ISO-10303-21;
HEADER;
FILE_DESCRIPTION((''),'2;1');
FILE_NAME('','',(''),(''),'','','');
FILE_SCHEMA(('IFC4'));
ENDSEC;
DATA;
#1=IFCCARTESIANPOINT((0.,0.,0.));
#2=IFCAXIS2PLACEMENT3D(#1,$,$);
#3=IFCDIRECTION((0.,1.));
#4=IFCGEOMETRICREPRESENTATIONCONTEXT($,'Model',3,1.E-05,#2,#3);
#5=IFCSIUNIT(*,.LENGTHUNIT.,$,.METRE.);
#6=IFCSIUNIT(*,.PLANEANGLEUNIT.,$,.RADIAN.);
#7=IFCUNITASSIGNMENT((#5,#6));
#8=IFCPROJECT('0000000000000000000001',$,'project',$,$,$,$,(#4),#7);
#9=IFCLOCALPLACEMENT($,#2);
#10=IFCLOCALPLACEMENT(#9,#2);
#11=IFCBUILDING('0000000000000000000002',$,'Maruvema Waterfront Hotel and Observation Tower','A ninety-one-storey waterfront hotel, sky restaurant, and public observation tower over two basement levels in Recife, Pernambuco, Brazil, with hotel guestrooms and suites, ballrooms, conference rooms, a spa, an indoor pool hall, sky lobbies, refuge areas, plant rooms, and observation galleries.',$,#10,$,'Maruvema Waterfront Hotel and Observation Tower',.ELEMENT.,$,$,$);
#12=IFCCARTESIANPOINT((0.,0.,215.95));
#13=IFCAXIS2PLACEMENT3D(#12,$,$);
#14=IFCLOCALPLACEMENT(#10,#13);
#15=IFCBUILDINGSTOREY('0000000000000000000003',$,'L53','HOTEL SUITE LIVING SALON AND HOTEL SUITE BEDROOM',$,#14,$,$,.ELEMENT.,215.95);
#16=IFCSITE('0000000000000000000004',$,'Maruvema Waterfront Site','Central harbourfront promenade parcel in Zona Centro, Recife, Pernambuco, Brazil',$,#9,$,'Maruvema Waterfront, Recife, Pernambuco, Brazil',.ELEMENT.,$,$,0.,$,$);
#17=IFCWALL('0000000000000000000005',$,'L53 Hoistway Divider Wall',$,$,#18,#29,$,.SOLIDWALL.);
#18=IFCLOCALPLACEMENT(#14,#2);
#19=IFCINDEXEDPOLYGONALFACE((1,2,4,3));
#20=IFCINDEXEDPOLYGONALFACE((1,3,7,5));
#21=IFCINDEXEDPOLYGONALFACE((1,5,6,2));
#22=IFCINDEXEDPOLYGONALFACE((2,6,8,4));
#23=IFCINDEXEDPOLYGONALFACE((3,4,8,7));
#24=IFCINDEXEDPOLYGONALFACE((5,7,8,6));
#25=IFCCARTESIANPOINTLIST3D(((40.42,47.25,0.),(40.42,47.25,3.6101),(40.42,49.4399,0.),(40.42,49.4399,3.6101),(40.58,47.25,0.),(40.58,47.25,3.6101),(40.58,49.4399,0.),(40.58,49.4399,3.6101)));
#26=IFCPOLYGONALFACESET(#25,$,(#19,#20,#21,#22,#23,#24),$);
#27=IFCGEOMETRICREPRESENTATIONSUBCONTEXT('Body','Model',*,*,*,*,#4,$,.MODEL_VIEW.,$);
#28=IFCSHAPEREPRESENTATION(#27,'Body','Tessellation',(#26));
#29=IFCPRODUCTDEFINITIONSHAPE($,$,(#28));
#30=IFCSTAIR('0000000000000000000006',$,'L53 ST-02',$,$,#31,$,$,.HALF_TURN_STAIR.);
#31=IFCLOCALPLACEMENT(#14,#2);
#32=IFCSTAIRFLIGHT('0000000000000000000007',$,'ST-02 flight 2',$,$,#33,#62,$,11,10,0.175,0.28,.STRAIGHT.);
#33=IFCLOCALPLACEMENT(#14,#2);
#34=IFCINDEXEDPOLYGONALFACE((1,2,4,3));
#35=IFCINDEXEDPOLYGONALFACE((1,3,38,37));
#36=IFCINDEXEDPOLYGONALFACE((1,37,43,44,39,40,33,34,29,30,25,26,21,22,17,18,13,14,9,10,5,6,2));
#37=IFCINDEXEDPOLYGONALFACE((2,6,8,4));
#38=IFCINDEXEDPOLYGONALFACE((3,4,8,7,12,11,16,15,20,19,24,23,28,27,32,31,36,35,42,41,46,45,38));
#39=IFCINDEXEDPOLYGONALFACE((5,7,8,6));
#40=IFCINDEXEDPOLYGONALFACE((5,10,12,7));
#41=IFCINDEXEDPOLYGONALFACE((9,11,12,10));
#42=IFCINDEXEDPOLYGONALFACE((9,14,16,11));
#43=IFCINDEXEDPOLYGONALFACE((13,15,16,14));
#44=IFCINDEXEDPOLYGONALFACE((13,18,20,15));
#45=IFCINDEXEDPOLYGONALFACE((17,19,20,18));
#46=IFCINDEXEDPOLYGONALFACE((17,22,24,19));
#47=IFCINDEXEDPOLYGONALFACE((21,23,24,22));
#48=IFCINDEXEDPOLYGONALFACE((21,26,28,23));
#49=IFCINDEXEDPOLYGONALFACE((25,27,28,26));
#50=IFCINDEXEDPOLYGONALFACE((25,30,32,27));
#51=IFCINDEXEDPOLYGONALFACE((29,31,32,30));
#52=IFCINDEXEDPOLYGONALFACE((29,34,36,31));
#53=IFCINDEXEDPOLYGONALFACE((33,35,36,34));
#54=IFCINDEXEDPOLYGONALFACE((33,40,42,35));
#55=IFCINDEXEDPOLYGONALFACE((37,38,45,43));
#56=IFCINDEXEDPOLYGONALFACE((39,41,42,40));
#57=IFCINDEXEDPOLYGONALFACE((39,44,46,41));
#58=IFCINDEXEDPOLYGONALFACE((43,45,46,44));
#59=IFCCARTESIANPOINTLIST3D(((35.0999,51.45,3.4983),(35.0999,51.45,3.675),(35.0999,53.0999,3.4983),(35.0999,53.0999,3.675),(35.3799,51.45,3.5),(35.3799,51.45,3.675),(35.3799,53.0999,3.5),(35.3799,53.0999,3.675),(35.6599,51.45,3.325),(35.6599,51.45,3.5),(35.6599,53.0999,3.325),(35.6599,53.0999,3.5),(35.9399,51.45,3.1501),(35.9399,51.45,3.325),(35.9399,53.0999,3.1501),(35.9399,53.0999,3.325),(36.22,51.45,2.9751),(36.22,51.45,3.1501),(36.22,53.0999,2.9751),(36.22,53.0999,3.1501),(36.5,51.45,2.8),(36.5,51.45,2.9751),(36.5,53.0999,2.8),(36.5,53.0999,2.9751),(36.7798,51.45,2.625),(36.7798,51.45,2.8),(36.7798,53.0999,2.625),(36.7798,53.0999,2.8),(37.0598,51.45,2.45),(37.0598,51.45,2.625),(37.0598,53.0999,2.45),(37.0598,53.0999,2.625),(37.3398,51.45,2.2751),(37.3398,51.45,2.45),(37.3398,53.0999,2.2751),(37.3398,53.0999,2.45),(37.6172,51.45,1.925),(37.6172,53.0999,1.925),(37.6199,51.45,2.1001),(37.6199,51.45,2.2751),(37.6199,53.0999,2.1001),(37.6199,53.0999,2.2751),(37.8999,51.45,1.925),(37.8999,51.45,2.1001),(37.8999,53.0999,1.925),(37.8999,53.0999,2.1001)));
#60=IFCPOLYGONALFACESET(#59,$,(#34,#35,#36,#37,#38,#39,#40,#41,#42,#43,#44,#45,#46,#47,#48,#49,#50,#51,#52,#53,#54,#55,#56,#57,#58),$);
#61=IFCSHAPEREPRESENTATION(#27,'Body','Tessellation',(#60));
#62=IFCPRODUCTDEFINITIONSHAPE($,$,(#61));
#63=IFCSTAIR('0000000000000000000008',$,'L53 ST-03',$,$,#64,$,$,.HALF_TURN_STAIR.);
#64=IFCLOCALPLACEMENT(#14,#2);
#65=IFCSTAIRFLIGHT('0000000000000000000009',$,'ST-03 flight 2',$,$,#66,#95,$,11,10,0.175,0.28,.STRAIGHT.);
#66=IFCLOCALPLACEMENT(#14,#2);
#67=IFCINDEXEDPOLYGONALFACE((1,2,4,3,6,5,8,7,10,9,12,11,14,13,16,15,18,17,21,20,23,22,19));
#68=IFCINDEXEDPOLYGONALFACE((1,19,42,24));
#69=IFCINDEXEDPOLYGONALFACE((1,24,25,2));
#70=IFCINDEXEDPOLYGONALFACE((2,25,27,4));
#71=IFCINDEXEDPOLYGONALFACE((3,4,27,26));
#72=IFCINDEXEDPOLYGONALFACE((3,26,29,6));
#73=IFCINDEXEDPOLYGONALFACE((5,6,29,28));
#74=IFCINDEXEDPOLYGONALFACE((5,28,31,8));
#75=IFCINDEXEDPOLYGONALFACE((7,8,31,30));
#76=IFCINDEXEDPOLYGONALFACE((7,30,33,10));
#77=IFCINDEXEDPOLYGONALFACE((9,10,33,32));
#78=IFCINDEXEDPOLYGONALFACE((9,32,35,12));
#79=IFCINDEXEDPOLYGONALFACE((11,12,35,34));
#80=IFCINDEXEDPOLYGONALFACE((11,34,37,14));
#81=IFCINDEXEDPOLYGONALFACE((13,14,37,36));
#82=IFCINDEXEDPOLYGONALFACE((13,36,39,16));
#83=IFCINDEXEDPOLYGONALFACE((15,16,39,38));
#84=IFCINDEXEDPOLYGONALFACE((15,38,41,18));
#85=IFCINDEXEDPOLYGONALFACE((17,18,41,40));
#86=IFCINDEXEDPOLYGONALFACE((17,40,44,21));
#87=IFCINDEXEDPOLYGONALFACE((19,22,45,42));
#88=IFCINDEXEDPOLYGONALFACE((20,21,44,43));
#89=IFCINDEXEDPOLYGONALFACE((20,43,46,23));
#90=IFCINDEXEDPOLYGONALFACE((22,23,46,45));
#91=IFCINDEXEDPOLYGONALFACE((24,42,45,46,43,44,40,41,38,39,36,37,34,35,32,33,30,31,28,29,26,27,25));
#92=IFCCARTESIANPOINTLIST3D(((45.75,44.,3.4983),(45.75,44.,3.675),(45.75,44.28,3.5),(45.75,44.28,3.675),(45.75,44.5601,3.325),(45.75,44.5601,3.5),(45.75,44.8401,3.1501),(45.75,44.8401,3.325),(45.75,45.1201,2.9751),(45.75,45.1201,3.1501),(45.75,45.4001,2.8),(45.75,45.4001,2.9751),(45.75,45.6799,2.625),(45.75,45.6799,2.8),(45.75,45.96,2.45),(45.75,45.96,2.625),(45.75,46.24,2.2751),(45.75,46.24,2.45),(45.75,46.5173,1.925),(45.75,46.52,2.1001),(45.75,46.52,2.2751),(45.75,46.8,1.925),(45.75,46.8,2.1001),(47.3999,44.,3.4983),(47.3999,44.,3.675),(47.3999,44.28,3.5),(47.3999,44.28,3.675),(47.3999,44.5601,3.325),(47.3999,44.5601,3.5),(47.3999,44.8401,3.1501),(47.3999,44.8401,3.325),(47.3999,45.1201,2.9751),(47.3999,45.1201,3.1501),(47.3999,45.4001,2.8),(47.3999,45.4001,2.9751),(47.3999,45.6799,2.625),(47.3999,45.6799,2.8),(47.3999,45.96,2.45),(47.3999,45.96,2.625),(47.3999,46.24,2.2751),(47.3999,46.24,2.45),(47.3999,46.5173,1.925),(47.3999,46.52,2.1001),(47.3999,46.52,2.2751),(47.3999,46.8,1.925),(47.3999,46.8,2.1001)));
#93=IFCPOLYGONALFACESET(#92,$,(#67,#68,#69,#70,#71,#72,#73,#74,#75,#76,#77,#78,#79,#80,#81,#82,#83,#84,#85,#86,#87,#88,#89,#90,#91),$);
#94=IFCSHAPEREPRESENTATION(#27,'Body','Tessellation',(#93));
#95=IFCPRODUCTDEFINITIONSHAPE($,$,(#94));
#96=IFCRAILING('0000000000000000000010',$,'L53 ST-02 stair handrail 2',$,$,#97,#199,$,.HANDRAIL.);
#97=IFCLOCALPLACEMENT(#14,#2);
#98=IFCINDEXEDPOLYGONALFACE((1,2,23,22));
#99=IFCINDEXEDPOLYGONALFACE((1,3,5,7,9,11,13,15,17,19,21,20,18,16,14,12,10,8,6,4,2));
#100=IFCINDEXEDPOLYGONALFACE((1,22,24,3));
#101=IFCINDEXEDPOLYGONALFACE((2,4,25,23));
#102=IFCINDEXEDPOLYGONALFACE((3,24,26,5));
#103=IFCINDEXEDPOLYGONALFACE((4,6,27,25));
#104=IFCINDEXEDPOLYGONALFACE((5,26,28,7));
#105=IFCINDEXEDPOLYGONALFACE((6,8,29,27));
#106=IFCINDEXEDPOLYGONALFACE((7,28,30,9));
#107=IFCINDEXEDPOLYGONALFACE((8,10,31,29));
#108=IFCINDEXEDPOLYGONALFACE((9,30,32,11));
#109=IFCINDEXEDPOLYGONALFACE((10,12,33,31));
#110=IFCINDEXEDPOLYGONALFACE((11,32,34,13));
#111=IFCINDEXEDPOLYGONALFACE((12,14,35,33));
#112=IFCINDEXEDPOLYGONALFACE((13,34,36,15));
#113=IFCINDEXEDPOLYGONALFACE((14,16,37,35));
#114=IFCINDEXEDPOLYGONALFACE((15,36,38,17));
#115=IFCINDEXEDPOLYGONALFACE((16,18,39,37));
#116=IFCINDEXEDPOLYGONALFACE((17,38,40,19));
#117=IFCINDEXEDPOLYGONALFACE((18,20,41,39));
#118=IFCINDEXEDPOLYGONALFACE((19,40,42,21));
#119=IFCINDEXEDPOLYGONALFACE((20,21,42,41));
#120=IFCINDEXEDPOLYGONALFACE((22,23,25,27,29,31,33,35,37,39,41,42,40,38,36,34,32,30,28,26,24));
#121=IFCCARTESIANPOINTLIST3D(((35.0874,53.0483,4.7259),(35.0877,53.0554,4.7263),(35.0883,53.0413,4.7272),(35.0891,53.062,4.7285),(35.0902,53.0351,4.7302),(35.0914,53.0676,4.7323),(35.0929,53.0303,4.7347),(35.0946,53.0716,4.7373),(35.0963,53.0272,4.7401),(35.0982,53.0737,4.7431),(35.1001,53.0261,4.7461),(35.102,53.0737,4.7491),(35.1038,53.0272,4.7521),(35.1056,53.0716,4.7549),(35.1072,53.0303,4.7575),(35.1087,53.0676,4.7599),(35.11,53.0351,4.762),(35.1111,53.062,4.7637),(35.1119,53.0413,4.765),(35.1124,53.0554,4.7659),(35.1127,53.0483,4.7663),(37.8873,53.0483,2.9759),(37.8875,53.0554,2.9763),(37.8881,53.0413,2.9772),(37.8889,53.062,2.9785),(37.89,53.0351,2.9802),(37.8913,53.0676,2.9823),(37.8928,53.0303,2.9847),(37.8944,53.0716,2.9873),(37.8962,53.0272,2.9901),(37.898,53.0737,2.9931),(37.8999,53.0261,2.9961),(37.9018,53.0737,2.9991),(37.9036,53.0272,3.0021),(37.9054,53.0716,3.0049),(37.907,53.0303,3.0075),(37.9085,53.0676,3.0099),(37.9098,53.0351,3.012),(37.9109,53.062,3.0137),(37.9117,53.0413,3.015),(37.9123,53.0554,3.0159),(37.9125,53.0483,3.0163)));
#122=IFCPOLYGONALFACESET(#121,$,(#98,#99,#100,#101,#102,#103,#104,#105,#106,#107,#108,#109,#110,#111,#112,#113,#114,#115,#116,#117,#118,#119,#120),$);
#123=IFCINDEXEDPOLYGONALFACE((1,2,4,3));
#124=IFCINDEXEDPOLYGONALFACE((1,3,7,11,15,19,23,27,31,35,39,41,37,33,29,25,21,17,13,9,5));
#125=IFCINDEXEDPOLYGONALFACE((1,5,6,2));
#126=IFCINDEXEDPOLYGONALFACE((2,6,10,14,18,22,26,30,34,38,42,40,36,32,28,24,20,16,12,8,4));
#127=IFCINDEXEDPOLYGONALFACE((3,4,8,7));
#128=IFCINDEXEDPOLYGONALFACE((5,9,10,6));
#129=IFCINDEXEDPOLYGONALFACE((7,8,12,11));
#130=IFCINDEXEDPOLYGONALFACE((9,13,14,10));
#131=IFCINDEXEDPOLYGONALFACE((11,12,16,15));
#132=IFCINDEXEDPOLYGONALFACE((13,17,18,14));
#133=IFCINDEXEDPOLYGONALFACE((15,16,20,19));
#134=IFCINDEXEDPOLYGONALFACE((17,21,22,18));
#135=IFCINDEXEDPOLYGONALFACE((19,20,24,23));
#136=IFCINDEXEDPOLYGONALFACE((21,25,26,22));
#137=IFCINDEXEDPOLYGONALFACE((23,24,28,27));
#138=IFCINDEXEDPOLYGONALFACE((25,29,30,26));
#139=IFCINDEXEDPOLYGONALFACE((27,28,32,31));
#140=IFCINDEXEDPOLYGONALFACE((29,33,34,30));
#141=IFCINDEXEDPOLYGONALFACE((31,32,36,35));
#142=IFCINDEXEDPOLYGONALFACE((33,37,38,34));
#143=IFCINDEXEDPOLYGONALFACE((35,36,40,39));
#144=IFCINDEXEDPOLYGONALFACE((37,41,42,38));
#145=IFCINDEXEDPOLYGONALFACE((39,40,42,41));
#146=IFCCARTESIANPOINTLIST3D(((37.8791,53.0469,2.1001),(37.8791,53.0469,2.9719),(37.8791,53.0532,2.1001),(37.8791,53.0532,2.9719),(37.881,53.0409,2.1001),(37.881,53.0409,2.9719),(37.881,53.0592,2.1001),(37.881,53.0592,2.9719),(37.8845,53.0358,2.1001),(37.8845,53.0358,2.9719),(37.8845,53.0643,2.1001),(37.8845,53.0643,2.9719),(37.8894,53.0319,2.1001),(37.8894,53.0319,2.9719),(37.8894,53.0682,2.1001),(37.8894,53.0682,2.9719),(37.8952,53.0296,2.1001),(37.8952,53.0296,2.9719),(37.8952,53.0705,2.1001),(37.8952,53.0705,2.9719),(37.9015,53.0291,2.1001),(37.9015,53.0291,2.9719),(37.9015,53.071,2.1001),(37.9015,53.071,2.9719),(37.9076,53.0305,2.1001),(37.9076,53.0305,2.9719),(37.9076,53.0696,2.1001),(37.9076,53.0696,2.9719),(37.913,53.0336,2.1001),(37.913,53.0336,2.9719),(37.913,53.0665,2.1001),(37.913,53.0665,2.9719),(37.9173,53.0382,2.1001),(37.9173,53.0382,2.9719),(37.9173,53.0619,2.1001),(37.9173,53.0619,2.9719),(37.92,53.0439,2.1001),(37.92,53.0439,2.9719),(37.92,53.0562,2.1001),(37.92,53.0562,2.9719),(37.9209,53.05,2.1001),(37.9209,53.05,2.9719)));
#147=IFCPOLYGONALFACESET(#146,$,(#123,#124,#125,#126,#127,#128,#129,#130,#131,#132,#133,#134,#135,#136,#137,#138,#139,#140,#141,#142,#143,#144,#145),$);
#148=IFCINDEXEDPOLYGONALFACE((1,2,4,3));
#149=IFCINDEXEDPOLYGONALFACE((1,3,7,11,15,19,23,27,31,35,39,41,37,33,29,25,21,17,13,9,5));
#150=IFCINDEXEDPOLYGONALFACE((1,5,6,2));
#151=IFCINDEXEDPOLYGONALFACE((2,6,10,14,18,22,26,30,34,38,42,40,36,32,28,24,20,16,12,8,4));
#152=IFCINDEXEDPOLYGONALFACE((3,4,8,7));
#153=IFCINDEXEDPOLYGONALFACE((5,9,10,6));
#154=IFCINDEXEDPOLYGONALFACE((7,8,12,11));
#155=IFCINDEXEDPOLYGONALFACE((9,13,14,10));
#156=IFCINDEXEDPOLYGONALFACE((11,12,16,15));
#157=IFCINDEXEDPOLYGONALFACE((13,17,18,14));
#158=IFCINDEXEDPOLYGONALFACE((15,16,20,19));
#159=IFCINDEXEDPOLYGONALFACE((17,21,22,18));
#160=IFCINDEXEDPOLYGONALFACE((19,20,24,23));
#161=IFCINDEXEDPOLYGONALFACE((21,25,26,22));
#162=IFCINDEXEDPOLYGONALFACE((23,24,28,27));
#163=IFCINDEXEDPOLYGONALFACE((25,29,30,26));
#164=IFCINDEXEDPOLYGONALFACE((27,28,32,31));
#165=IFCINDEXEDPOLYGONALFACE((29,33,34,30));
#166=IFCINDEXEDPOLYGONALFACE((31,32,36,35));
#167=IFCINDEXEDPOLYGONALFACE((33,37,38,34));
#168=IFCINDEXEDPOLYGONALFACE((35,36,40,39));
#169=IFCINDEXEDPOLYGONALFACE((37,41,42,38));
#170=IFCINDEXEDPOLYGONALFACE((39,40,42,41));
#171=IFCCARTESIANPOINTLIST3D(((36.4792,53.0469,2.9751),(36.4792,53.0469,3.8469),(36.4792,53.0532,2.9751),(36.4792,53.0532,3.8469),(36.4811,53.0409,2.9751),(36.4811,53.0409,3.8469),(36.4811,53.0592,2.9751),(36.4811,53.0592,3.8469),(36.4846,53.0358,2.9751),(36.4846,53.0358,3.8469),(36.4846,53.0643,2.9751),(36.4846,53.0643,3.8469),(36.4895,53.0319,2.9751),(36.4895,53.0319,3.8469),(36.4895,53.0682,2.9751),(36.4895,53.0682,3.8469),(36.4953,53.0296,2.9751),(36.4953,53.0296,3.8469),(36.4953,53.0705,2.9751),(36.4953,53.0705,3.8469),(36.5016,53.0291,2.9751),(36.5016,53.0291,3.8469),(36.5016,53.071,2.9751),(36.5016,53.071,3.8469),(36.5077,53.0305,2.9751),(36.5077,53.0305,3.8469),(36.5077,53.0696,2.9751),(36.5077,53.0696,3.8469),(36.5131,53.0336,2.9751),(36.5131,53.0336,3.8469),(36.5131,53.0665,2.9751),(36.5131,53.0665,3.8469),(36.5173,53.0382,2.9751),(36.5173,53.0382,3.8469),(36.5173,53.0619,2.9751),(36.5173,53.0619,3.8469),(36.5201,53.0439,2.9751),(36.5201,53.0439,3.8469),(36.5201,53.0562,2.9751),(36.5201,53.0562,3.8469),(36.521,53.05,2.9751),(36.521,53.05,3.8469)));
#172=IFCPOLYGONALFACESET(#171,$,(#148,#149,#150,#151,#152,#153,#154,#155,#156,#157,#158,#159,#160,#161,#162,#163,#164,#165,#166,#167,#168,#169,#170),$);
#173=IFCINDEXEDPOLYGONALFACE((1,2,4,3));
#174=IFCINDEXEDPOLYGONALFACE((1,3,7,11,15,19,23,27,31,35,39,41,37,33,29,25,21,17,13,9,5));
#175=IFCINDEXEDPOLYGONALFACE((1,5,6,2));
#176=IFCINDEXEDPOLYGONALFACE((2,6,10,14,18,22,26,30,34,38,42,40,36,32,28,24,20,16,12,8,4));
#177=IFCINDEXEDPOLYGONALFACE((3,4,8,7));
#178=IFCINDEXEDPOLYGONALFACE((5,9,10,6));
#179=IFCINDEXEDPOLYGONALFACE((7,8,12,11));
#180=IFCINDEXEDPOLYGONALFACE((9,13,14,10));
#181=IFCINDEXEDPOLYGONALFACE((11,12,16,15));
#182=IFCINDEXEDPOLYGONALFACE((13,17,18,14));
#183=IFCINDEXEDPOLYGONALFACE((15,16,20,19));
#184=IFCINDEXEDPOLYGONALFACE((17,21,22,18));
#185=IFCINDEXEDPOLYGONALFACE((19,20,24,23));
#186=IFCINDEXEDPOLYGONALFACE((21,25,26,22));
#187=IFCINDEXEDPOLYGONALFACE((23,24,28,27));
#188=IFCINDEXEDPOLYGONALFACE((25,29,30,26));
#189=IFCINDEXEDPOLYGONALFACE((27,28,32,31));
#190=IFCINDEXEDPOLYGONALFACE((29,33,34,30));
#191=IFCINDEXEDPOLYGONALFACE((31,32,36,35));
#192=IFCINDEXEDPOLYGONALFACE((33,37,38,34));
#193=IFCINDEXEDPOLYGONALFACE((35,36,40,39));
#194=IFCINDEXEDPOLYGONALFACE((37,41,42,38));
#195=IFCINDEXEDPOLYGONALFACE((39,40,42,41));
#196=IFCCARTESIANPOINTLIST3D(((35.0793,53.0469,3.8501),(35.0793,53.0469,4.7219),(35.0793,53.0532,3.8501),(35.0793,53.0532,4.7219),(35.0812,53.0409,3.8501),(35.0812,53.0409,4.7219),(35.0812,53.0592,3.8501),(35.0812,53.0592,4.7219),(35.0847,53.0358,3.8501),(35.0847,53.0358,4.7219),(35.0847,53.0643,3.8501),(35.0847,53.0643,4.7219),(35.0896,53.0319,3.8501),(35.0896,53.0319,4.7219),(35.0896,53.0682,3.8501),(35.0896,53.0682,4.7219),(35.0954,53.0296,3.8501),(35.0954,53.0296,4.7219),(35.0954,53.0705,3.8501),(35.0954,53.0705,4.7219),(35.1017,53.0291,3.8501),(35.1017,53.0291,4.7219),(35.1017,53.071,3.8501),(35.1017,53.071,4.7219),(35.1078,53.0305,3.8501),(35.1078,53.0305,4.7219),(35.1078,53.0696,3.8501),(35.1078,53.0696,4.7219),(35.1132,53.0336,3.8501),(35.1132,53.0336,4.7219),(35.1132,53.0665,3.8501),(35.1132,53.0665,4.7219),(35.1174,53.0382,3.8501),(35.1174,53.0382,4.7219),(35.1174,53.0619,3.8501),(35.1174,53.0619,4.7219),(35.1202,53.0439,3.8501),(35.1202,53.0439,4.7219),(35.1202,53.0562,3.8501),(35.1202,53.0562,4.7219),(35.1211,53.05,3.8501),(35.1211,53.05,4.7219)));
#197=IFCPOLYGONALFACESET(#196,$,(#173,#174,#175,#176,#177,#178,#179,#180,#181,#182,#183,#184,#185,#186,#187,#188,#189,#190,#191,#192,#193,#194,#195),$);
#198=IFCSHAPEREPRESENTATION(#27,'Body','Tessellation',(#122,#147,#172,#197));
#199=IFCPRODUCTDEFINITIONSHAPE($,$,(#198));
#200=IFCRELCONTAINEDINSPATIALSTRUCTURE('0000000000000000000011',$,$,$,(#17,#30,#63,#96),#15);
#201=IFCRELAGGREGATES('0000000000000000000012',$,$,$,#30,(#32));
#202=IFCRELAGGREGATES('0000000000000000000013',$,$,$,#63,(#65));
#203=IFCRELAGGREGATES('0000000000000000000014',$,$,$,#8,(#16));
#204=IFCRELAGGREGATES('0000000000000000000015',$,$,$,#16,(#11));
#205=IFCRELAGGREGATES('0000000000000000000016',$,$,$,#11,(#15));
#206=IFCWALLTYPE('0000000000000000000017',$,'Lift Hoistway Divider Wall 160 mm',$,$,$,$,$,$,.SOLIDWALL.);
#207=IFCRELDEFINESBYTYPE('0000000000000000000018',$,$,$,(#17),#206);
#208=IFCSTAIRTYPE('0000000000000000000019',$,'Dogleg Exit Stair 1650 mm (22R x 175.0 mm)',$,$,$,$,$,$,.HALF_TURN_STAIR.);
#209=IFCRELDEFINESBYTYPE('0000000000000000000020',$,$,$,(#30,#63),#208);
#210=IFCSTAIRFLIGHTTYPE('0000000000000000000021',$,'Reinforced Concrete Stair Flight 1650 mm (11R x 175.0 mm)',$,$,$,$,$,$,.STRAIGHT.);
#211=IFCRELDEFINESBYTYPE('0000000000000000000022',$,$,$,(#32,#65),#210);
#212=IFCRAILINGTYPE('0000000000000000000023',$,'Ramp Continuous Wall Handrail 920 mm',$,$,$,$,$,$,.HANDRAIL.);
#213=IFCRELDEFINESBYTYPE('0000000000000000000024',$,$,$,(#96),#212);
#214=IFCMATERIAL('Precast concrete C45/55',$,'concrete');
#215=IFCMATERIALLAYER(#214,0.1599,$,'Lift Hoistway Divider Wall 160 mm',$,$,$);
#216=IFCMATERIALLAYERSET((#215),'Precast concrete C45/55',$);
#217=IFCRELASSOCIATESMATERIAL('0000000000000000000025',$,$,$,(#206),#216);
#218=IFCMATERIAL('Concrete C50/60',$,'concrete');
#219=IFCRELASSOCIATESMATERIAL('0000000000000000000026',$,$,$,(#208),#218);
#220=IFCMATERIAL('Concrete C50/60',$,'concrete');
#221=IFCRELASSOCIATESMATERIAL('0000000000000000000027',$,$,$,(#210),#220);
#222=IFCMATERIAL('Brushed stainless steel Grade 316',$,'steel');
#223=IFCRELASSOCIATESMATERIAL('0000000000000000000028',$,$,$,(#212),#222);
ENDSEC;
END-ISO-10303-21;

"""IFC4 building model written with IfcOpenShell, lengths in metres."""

from ifc_helpers import new_model, si_unit, direction, frame, frame_2d, origin, origin_2d, place, context, subcontext, project, spatial, polyline, rectangle, circle, outline, extrude, material, layer, layer_set, type_object, element, aggregate, save


model = new_model("IFC4")

# Units and contexts
model_context = context("Model", 3, precision=1e-05, world=origin(), true_north=direction((0.0, 1.0)))
body_context = subcontext(model_context, "Body", "Model", "MODEL_VIEW")
ifc_project = project(units=[si_unit("LENGTHUNIT", "METRE"), si_unit("PLANEANGLEUNIT", "RADIAN")], contexts=[model_context])

# Site, building, storey
site_placement = place(None, origin())
site = spatial("IfcSite", under=ifc_project, at=site_placement, Name="Maruvema Waterfront Site", Description="Central harbourfront promenade parcel in Zona Centro, Recife, Pernambuco, Brazil", LongName="Maruvema Waterfront, Recife, Pernambuco, Brazil", CompositionType="ELEMENT", RefElevation=0.0)
building_placement = place(site_placement, origin())
building = spatial("IfcBuilding", under=site, at=building_placement, Name="Maruvema Waterfront Hotel and Observation Tower", Description="A ninety-one-storey waterfront hotel, sky restaurant, and public observation tower over two basement levels in Recife, Pernambuco, Brazil, with hotel guestrooms and suites, ballrooms, conference rooms, a spa, an indoor pool hall, sky lobbies, refuge areas, plant rooms, and observation galleries.", LongName="Maruvema Waterfront Hotel and Observation Tower", CompositionType="ELEMENT")
storey_placement = place(building_placement, frame((0.0, 0.0, 215.95)))
storey = spatial("IfcBuildingStorey", under=building, at=storey_placement, Name="L53", Description="HOTEL SUITE LIVING SALON AND HOTEL SUITE BEDROOM", CompositionType="ELEMENT", Elevation=215.95)

# Wall
ifc_material_1 = material(Name="Precast concrete C45/55", Category="concrete")
ifc_layer_1 = layer(ifc_material_1, 0.1599, Name="Lift Hoistway Divider Wall 160 mm")
ifc_layer_set_1 = layer_set([ifc_layer_1], Name="Precast concrete C45/55")
wall_type_1 = type_object("IfcWallType", Name="Lift Hoistway Divider Wall 160 mm", PredefinedType="SOLIDWALL", material=ifc_layer_set_1)
for number, where, z_axis, x_axis, name in (
    (1, (40.5, 47.25, 0.0), (0.0, 0.0, 1.0), (0.0, 1.0, 0.0), "L53 Hoistway Divider Wall"),
):
    element("IfcWall", number, at=place(storey_placement, frame(where, z_axis=z_axis, x_axis=x_axis)), inside=storey, type_object=wall_type_1, Name=name, PredefinedType="SOLIDWALL", context=body_context, shape_type="SweptSolid", body=[
        extrude(rectangle(XDim=2.1899, YDim=0.1599, at=frame_2d((1.095, 0.0))), origin(), (0.0, 0.0, 1.0), 3.6101),
    ])

# Stairs, stair flights
ifc_material_2 = material(Name="Concrete C50/60", Category="concrete")
stair_type = type_object("IfcStairType", Name="Dogleg Exit Stair 1650 mm (22R x 175.0 mm)", PredefinedType="HALF_TURN_STAIR", material=ifc_material_2)
stair_1_placement = place(storey_placement, origin())
stair_1 = element("IfcStair", 2, at=stair_1_placement, inside=storey, type_object=stair_type, Name="L53 ST-02", PredefinedType="HALF_TURN_STAIR")
ifc_material_3 = material(Name="Concrete C50/60", Category="concrete")
stair_flight_type = type_object("IfcStairFlightType", Name="Reinforced Concrete Stair Flight 1650 mm (11R x 175.0 mm)", PredefinedType="STRAIGHT", material=ifc_material_3)
stair_flight_1_placement = place(storey_placement, frame((37.8999, 52.2749, 1.925), z_axis=(0.0, 0.0, 1.0), x_axis=(-1.0, 0.0, 0.0)))
stair_flight_1 = element("IfcStairFlight", 3, at=stair_flight_1_placement, type_object=stair_flight_type, Name="ST-02 flight 2", NumberOfRisers=11, NumberOfTreads=10, PredefinedType="STRAIGHT", RiserHeight=0.175, TreadLength=0.28, context=body_context, shape_type="SweptSolid", body=[
    extrude(outline(polyline([(0.0, 0.0), (0.0, 0.175), (0.28, 0.175), (0.28, 0.3501), (0.5601, 0.3501), (0.5601, 0.5249), (0.8401, 0.5249), (0.8401, 0.7), (1.1201, 0.7), (1.1201, 0.875), (1.3999, 0.875), (1.3999, 1.05), (1.6799, 1.05), (1.6799, 1.2251), (1.96, 1.2251), (1.96, 1.3999), (2.24, 1.3999), (2.24, 1.575), (2.52, 1.575), (2.52, 1.75), (2.8, 1.75), (2.8, 1.925), (2.8, 1.5732), (0.2827, 0.0), (0.0, 0.0)])), frame((0.0, 0.825, 0.0), z_axis=(0.0, -1.0, 0.0), x_axis=(1.0, 0.0, 0.0)), (0.0, 0.0, 1.0), 1.6499),
])
aggregate(stair_1, [stair_flight_1])
stair_2_placement = place(storey_placement, origin())
stair_2 = element("IfcStair", 4, at=stair_2_placement, inside=storey, type_object=stair_type, Name="L53 ST-03", PredefinedType="HALF_TURN_STAIR")
stair_flight_2_placement = place(storey_placement, frame((46.575, 46.8, 1.925), z_axis=(0.0, 0.0, 1.0), x_axis=(0.0, -1.0, 0.0)))
stair_flight_2 = element("IfcStairFlight", 5, at=stair_flight_2_placement, type_object=stair_flight_type, Name="ST-03 flight 2", NumberOfRisers=11, NumberOfTreads=10, PredefinedType="STRAIGHT", RiserHeight=0.175, TreadLength=0.28, context=body_context, shape_type="SweptSolid", body=[
    extrude(outline(polyline([(0.0, 0.0), (0.0, 0.175), (0.28, 0.175), (0.28, 0.3501), (0.5601, 0.3501), (0.5601, 0.5249), (0.8401, 0.5249), (0.8401, 0.7), (1.1201, 0.7), (1.1201, 0.875), (1.3999, 0.875), (1.3999, 1.05), (1.6799, 1.05), (1.6799, 1.2251), (1.96, 1.2251), (1.96, 1.3999), (2.24, 1.3999), (2.24, 1.575), (2.52, 1.575), (2.52, 1.75), (2.8, 1.75), (2.8, 1.925), (2.8, 1.5732), (0.2827, 0.0), (0.0, 0.0)])), frame((0.0, 0.825, 0.0), z_axis=(0.0, -1.0, 0.0), x_axis=(1.0, 0.0, 0.0)), (0.0, 0.0, 1.0), 1.6499),
])
aggregate(stair_2, [stair_flight_2])

# Railing
ifc_material_4 = material(Name="Brushed stainless steel Grade 316", Category="steel")
railing_type_1 = type_object("IfcRailingType", Name="Ramp Continuous Wall Handrail 920 mm", PredefinedType="HANDRAIL", material=ifc_material_4)
railing_1_placement = place(storey_placement, frame((37.8999, 53.05, 2.1001)))
element("IfcRailing", 6, at=railing_1_placement, inside=storey, type_object=railing_type_1, Name="L53 ST-02 stair handrail 2", PredefinedType="HANDRAIL", context=body_context, shape_type="SweptSolid", body=[
    extrude(circle(Radius=0.0239, at=origin_2d()), frame((0.0, 0.0, 0.896), z_axis=(-0.847982, 0.0, 0.530026), x_axis=(0.0, -1.0, 0.0)), (0.0, 0.0, 1.0), 3.3018),
    extrude(circle(Radius=0.021, at=origin_2d()), origin(), (0.0, 0.0, 1.0), 0.8718),
    extrude(circle(Radius=0.021, at=origin_2d()), frame((-1.3999, 0.0, 0.875)), (0.0, 0.0, 1.0), 0.8718),
    extrude(circle(Radius=0.021, at=origin_2d()), frame((-2.7998, 0.0, 1.75)), (0.0, 0.0, 1.0), 0.8718),
])

save(model, "model.ifc")
